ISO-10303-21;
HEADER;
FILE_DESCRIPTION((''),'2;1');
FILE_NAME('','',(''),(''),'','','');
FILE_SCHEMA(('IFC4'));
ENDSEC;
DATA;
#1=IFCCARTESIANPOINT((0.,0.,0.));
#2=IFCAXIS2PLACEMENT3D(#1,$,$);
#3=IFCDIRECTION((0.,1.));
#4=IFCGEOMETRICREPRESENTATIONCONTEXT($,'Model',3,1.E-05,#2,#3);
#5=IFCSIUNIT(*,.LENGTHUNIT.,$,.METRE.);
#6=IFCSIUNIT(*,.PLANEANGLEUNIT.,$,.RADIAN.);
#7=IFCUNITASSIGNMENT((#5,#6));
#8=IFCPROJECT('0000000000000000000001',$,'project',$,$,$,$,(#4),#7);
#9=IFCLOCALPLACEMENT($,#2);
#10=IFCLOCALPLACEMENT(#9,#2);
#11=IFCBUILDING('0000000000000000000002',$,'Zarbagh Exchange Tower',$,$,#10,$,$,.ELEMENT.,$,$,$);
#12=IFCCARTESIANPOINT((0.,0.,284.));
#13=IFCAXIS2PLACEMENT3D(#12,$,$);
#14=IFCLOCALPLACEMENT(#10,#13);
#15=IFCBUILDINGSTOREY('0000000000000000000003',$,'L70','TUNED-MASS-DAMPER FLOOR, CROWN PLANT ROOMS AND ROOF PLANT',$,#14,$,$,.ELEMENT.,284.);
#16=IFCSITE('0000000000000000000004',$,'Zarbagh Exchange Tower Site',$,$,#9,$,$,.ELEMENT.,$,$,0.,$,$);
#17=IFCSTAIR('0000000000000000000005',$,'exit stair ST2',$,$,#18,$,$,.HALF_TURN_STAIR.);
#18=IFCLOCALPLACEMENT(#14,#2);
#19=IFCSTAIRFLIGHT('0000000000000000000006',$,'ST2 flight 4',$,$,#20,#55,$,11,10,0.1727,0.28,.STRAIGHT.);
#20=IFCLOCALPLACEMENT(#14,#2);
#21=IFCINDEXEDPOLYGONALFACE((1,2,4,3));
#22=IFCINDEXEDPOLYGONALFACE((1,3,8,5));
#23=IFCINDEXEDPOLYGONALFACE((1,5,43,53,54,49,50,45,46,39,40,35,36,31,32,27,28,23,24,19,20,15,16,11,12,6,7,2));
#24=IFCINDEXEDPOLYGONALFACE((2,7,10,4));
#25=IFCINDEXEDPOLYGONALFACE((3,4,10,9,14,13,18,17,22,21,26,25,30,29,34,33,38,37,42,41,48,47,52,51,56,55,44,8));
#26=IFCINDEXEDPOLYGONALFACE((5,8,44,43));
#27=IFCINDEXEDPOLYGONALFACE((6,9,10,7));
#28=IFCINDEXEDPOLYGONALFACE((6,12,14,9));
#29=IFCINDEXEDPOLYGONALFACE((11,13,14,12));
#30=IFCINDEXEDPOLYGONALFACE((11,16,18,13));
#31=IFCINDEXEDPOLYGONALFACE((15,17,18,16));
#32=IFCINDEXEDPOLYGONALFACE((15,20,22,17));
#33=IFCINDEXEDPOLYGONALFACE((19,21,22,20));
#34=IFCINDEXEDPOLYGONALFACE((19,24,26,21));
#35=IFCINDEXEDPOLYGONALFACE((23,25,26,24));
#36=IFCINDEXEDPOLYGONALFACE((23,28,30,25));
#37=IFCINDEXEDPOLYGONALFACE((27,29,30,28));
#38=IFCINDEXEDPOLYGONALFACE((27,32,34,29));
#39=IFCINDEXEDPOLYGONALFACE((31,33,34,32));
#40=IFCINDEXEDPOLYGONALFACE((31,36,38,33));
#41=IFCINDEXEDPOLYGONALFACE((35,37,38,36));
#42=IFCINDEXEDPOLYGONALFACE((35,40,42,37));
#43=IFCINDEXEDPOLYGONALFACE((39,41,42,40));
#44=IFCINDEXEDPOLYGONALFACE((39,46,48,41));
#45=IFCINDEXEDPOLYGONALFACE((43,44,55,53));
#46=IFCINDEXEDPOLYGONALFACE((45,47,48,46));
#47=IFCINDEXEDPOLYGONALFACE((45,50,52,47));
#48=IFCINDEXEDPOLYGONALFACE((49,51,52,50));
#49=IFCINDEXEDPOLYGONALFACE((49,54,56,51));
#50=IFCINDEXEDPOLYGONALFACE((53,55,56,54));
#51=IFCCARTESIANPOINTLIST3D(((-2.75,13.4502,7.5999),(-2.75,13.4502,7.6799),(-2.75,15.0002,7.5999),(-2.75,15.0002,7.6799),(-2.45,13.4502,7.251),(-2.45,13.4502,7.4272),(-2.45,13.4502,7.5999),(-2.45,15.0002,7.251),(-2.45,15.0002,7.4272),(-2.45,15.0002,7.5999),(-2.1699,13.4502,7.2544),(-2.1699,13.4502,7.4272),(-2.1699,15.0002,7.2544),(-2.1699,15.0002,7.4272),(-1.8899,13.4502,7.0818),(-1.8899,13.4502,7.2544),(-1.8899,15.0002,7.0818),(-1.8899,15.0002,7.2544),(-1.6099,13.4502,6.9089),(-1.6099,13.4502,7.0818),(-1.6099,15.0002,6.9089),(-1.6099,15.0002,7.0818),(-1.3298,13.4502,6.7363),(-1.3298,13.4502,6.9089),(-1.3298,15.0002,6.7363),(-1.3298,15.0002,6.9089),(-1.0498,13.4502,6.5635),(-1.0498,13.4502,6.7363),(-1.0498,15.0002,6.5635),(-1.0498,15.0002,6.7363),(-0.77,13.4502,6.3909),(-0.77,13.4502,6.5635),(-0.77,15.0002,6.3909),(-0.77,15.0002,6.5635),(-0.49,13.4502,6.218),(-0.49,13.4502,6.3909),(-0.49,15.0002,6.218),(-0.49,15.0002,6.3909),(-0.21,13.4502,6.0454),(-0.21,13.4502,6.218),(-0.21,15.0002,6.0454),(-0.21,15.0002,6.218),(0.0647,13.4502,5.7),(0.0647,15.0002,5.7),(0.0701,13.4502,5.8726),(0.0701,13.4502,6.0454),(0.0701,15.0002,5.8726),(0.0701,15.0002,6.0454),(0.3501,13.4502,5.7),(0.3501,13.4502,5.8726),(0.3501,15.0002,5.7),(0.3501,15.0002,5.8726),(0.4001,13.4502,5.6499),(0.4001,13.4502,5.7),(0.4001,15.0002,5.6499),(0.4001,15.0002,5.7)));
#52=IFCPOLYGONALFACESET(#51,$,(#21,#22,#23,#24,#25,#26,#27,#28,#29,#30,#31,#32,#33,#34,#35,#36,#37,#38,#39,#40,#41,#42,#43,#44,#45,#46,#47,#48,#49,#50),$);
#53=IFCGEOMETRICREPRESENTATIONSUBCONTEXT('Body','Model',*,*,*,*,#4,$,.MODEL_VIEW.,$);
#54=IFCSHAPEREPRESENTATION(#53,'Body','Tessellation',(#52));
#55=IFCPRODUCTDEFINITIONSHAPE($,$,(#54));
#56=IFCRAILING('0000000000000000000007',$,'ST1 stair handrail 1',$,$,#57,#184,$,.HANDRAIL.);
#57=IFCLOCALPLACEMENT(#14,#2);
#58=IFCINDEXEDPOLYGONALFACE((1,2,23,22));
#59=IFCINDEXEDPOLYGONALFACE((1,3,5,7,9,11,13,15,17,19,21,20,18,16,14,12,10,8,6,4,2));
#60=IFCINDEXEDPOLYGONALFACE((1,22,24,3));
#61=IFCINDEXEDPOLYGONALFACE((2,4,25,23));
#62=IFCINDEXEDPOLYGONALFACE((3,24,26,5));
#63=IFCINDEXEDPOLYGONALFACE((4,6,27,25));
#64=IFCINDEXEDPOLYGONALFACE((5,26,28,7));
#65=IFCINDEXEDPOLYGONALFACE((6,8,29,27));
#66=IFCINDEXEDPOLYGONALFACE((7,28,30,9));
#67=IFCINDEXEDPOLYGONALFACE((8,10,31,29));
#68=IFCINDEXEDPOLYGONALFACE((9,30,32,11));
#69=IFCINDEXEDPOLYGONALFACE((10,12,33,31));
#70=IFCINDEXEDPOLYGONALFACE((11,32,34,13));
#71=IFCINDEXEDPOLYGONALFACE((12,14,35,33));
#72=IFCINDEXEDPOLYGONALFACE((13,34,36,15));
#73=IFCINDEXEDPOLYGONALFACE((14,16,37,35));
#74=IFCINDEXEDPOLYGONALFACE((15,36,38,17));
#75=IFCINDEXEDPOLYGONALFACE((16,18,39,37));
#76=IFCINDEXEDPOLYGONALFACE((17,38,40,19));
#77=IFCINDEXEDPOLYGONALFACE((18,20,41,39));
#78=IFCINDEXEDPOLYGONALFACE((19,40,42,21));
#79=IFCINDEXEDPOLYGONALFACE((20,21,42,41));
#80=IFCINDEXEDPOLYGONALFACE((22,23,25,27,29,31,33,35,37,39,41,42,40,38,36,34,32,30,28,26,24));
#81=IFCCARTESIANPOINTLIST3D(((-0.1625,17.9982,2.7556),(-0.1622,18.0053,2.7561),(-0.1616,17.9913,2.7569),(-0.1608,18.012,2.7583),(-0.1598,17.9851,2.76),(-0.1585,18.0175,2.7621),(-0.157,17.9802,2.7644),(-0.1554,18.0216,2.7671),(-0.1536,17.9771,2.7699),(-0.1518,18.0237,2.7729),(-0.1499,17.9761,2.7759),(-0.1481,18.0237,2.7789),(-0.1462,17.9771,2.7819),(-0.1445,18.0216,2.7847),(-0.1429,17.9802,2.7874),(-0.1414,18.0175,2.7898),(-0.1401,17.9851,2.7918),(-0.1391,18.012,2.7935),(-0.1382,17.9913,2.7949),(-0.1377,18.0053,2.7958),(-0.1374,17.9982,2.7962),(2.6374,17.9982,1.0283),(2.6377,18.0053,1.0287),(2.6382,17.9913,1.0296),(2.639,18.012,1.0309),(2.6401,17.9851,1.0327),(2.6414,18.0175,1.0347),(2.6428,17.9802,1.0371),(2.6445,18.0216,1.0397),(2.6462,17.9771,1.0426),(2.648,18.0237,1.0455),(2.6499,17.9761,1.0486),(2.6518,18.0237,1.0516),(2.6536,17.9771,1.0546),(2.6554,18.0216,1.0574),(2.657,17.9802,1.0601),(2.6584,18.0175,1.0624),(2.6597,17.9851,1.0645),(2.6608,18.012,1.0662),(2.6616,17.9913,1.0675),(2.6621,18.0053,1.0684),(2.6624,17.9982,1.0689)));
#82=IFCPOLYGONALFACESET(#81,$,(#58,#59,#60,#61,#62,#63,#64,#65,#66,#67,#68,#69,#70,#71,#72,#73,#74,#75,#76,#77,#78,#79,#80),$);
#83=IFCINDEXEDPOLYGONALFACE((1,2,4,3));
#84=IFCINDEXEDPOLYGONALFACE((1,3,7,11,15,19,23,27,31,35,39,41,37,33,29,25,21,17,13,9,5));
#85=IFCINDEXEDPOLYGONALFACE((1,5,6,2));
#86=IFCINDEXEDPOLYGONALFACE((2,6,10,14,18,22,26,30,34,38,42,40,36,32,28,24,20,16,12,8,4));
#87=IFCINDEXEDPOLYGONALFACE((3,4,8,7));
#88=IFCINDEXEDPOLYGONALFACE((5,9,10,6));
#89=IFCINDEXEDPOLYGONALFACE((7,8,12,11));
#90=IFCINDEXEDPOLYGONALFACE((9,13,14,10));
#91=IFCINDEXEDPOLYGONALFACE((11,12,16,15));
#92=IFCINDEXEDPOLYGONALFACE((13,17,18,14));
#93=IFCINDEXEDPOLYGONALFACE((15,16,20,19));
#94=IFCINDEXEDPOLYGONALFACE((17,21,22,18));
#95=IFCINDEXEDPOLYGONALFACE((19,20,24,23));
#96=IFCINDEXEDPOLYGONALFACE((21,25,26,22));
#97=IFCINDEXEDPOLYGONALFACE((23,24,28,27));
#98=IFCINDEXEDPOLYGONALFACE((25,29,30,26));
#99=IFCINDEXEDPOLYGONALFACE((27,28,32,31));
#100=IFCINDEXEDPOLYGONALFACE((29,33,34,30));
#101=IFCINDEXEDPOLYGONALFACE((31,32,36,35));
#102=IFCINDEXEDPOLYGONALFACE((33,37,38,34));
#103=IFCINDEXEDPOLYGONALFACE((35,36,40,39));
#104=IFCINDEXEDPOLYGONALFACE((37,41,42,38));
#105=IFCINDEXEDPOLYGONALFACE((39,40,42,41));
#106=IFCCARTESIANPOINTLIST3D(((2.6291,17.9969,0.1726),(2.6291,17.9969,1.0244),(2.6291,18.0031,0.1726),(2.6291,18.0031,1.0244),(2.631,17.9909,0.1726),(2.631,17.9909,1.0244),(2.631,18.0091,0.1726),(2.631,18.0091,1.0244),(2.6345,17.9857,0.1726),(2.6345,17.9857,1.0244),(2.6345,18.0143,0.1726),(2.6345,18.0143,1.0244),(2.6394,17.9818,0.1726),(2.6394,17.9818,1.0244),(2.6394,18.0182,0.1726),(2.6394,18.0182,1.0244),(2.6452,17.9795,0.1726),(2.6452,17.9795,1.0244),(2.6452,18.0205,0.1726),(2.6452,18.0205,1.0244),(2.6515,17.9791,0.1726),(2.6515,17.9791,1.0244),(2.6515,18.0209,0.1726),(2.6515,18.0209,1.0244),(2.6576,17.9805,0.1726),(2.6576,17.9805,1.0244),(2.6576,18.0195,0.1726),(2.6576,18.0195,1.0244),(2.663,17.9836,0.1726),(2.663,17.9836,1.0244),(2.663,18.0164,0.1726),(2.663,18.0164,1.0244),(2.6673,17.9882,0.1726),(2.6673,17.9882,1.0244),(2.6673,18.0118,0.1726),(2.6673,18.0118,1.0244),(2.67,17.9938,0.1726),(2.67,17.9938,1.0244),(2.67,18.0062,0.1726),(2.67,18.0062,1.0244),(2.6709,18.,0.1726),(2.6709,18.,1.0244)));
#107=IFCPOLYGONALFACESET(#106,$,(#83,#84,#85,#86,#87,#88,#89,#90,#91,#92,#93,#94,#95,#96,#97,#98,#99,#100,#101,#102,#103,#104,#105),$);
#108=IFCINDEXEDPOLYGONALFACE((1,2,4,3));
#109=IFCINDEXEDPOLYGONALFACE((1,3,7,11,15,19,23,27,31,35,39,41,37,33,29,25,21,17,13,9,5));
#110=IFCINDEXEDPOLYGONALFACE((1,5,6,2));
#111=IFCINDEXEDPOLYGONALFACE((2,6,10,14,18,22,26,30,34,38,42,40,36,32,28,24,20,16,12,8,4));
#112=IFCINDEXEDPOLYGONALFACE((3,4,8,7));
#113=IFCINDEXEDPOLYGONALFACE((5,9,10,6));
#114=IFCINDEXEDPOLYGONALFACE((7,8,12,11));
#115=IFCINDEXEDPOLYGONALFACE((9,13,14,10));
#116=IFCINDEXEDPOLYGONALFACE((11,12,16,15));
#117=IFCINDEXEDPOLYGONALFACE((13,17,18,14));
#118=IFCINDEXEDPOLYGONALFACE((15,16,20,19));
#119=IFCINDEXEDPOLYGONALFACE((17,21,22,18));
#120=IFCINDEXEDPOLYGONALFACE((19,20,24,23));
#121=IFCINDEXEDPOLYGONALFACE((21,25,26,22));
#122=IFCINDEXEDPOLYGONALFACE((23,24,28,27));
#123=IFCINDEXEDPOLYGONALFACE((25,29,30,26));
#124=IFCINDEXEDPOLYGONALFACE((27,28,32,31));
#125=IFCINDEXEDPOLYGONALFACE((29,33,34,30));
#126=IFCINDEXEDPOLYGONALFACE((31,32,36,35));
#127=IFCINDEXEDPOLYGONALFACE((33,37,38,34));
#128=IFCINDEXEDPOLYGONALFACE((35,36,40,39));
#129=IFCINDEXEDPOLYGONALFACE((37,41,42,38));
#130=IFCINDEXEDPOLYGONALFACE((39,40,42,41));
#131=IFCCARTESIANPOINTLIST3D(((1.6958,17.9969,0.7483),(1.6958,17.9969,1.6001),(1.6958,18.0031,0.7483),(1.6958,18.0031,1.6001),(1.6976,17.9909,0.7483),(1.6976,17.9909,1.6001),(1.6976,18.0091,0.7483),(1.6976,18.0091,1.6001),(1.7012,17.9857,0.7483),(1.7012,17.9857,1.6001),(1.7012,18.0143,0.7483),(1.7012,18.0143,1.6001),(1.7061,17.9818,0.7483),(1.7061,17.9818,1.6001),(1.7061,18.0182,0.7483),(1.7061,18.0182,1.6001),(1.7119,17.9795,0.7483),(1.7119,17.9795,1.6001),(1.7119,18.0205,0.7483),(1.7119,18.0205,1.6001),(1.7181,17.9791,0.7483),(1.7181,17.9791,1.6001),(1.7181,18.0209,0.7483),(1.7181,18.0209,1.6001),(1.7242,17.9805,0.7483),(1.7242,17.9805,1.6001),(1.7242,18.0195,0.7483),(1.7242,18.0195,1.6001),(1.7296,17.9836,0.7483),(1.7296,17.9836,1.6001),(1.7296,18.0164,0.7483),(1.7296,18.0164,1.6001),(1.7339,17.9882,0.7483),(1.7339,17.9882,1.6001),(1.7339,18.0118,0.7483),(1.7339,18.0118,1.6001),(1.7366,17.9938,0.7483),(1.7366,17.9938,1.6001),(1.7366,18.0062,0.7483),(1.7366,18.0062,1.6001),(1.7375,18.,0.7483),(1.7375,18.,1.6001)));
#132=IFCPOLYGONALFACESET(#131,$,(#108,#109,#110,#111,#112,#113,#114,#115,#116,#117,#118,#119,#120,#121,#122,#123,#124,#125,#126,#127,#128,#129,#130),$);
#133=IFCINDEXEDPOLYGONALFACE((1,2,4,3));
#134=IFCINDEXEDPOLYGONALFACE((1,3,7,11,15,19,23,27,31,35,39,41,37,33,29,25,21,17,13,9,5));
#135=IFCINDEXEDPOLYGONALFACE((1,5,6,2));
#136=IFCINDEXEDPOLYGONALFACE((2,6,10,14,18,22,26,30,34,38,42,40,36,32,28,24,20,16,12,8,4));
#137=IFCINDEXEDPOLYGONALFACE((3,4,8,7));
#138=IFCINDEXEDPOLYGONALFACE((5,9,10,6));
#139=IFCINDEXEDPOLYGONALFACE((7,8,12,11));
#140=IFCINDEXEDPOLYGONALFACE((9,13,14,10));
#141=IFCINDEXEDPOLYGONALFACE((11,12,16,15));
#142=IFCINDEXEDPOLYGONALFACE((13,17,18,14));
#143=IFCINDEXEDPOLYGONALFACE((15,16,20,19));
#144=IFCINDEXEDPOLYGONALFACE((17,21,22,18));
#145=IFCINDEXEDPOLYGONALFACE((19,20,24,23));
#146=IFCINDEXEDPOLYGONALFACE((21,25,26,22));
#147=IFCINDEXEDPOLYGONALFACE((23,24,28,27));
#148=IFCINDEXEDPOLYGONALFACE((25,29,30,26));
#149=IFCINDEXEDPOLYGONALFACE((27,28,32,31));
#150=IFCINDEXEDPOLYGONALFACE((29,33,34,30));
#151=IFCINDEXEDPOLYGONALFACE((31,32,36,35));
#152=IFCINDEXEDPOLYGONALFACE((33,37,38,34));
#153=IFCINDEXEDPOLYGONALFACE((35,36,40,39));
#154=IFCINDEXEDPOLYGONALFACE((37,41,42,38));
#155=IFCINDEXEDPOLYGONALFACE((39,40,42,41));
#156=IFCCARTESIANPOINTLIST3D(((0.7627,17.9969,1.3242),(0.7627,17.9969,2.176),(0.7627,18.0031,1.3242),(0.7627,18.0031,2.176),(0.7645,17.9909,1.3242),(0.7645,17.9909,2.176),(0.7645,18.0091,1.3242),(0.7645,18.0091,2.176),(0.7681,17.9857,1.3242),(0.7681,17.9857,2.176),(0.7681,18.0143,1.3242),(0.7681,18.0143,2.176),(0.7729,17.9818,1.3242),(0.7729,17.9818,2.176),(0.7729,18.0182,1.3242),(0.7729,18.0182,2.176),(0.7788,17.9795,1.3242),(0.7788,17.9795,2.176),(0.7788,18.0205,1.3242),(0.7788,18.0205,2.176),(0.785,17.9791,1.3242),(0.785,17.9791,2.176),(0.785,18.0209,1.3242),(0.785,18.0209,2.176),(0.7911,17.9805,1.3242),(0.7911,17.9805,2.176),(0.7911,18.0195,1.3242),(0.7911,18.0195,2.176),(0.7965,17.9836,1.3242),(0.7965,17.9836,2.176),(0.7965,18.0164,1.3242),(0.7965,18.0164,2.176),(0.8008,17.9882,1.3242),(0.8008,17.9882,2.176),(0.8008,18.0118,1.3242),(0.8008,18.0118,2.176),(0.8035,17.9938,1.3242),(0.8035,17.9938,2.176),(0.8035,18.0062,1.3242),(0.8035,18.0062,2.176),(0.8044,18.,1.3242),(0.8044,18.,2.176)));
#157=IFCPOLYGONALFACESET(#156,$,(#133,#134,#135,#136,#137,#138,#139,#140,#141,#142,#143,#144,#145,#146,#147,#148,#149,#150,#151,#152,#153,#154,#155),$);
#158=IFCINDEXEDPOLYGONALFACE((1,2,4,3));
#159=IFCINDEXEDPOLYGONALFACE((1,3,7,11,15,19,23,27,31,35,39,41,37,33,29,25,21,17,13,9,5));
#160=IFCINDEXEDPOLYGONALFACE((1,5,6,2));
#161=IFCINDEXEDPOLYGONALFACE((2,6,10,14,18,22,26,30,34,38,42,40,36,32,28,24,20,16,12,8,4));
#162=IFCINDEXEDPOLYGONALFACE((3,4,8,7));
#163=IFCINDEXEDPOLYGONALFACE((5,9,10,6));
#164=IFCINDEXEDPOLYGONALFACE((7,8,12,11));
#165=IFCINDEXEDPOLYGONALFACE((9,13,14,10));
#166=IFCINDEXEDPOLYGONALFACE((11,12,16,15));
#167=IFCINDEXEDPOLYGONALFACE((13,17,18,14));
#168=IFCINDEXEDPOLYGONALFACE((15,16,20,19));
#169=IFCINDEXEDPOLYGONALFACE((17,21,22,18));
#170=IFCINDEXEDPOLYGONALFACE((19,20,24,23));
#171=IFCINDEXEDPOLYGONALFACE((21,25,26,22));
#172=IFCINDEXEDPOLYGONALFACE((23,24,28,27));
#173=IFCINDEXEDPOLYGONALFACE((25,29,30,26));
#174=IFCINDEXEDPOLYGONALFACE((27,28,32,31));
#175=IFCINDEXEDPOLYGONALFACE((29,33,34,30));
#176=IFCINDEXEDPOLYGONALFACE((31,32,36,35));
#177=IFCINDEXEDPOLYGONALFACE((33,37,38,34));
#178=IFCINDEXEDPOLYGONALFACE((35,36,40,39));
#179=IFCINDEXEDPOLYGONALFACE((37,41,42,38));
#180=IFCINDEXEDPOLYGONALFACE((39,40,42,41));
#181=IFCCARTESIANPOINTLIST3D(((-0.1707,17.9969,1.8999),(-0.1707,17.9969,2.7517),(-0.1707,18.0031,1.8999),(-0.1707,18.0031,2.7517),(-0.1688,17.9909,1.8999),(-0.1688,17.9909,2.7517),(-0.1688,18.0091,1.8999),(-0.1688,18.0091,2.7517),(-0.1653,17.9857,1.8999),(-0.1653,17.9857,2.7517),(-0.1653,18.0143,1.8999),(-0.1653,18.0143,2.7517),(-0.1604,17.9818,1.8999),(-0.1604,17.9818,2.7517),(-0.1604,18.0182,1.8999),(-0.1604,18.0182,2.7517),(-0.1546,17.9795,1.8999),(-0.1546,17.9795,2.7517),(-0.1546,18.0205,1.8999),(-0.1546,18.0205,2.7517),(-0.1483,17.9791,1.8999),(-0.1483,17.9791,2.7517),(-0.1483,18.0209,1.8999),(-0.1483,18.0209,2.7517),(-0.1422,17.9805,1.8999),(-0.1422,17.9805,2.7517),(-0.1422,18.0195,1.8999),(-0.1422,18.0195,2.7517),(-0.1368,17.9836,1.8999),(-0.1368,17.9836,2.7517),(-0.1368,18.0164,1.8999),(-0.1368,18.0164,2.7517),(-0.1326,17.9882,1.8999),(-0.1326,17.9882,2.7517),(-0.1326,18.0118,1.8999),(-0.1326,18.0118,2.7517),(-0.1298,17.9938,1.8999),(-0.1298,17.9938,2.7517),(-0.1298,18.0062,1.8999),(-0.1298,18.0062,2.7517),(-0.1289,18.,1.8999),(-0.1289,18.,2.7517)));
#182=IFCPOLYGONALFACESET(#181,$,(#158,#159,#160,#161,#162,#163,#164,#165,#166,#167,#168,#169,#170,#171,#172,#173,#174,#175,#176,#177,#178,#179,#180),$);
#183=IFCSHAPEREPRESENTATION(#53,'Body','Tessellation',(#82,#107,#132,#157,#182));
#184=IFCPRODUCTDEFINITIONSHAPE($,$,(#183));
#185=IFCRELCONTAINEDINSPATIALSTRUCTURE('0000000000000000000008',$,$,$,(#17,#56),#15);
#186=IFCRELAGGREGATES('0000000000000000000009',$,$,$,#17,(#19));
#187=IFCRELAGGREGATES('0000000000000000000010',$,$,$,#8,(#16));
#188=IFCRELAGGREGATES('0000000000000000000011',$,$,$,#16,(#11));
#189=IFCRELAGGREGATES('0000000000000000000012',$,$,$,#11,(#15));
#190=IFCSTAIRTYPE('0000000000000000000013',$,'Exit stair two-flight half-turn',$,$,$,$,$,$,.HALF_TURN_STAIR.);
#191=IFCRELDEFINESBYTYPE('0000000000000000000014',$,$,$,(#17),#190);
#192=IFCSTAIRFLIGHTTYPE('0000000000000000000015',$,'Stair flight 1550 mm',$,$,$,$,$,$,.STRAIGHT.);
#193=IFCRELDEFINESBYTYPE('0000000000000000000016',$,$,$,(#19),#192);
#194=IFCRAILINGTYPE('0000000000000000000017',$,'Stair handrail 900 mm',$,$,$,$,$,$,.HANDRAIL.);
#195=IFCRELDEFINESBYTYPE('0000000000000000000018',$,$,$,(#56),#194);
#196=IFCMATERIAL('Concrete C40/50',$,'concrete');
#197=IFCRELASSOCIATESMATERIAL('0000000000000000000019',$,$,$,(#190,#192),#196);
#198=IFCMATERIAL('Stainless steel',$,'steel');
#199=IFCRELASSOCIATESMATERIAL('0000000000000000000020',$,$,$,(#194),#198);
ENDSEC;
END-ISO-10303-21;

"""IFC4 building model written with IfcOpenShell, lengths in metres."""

from ifc_helpers import new_model, si_unit, direction, frame, origin, origin_2d, place, context, subcontext, project, spatial, polyline, circle, outline, extrude, material, type_object, element, aggregate, save


model = new_model("IFC4")

# Units and contexts
model_context = context("Model", 3, precision=1e-05, world=origin(), true_north=direction((0.0, 1.0)))
body_context = subcontext(model_context, "Body", "Model", "MODEL_VIEW")
ifc_project = project(units=[si_unit("LENGTHUNIT", "METRE"), si_unit("PLANEANGLEUNIT", "RADIAN")], contexts=[model_context])

# Site, building, storey
site_placement = place(None, origin())
site = spatial("IfcSite", under=ifc_project, at=site_placement, Name="Zarbagh Exchange Tower Site", CompositionType="ELEMENT", RefElevation=0.0)
building_placement = place(site_placement, origin())
building = spatial("IfcBuilding", under=site, at=building_placement, Name="Zarbagh Exchange Tower", CompositionType="ELEMENT")
storey_placement = place(building_placement, frame((0.0, 0.0, 284.0)))
storey = spatial("IfcBuildingStorey", under=building, at=storey_placement, Name="L70", Description="TUNED-MASS-DAMPER FLOOR, CROWN PLANT ROOMS AND ROOF PLANT", CompositionType="ELEMENT", Elevation=284.0)

# Shared definitions
ifc_material_1 = material(Name="Concrete C40/50", Category="concrete")
stair_type = type_object("IfcStairType", Name="Exit stair two-flight half-turn", PredefinedType="HALF_TURN_STAIR", material=ifc_material_1)

# Shared definitions
ifc_material_2 = material(Name="Stainless steel", Category="steel")

# Stair, stair flight
stair_1_placement = place(storey_placement, origin())
stair_1 = element("IfcStair", 1, at=stair_1_placement, inside=storey, type_object=stair_type, Name="exit stair ST2", PredefinedType="HALF_TURN_STAIR")
stair_flight_type_1 = type_object("IfcStairFlightType", Name="Stair flight 1550 mm", PredefinedType="STRAIGHT", material=ifc_material_1)
stair_flight_1_placement = place(storey_placement, frame((0.3501, 14.2251, 5.7), z_axis=(0.0, 0.0, 1.0), x_axis=(-1.0, 0.0, 0.0)))
stair_flight_1 = element("IfcStairFlight", 2, at=stair_flight_1_placement, type_object=stair_flight_type_1, Name="ST2 flight 4", NumberOfRisers=11, NumberOfTreads=10, PredefinedType="STRAIGHT", RiserHeight=0.1727, TreadLength=0.28, context=body_context, shape_type="SweptSolid", body=[
    extrude(outline(polyline([(-0.05, -0.05), (-0.05, 0.0), (0.0, 0.0), (0.0, 0.1726), (0.28, 0.1726), (0.28, 0.3455), (0.5601, 0.3455), (0.5601, 0.5181), (0.8401, 0.5181), (0.8401, 0.6909), (1.1201, 0.6909), (1.1201, 0.8635), (1.3999, 0.8635), (1.3999, 1.0364), (1.6799, 1.0364), (1.6799, 1.209), (1.96, 1.209), (1.96, 1.3818), (2.24, 1.3818), (2.24, 1.5544), (2.52, 1.5544), (2.52, 1.7273), (2.8, 1.7273), (2.8, 1.8999), (3.1001, 1.98), (3.1001, 1.8999), (2.8, 1.551), (0.2854, 0.0), (-0.05, -0.05)])), frame((0.0, 0.7749, 0.0), z_axis=(0.0, -1.0, 0.0), x_axis=(1.0, 0.0, 0.0)), (0.0, 0.0, 1.0), 1.55),
])
aggregate(stair_1, [stair_flight_1])

# Railing
railing_type_1 = type_object("IfcRailingType", Name="Stair handrail 900 mm", PredefinedType="HANDRAIL", material=ifc_material_2)
for number, where, name in (
    (3, (2.6499, 18.0, 0.1726), "ST1 stair handrail 1"),
):
    element("IfcRailing", number, at=place(storey_placement, frame(where)), inside=storey, type_object=railing_type_1, Name=name, PredefinedType="HANDRAIL", context=body_context, shape_type="SweptSolid", body=[
        extrude(circle(Radius=0.0239, at=origin_2d()), frame((0.0, 0.0, 0.876), z_axis=(-0.851069, 0.0, 0.525054), x_axis=(0.0, -1.0, 0.0)), (0.0, 0.0, 1.0), 3.2898),
        extrude(circle(Radius=0.021, at=origin_2d()), origin(), (0.0, 0.0, 1.0), 0.8518),
        extrude(circle(Radius=0.021, at=origin_2d()), frame((-0.9333, 0.0, 0.5757)), (0.0, 0.0, 1.0), 0.8518),
        extrude(circle(Radius=0.021, at=origin_2d()), frame((-1.8665, 0.0, 1.1516)), (0.0, 0.0, 1.0), 0.8518),
        extrude(circle(Radius=0.021, at=origin_2d()), frame((-2.7998, 0.0, 1.7273)), (0.0, 0.0, 1.0), 0.8518),
    ])

save(model, "model.ifc")
